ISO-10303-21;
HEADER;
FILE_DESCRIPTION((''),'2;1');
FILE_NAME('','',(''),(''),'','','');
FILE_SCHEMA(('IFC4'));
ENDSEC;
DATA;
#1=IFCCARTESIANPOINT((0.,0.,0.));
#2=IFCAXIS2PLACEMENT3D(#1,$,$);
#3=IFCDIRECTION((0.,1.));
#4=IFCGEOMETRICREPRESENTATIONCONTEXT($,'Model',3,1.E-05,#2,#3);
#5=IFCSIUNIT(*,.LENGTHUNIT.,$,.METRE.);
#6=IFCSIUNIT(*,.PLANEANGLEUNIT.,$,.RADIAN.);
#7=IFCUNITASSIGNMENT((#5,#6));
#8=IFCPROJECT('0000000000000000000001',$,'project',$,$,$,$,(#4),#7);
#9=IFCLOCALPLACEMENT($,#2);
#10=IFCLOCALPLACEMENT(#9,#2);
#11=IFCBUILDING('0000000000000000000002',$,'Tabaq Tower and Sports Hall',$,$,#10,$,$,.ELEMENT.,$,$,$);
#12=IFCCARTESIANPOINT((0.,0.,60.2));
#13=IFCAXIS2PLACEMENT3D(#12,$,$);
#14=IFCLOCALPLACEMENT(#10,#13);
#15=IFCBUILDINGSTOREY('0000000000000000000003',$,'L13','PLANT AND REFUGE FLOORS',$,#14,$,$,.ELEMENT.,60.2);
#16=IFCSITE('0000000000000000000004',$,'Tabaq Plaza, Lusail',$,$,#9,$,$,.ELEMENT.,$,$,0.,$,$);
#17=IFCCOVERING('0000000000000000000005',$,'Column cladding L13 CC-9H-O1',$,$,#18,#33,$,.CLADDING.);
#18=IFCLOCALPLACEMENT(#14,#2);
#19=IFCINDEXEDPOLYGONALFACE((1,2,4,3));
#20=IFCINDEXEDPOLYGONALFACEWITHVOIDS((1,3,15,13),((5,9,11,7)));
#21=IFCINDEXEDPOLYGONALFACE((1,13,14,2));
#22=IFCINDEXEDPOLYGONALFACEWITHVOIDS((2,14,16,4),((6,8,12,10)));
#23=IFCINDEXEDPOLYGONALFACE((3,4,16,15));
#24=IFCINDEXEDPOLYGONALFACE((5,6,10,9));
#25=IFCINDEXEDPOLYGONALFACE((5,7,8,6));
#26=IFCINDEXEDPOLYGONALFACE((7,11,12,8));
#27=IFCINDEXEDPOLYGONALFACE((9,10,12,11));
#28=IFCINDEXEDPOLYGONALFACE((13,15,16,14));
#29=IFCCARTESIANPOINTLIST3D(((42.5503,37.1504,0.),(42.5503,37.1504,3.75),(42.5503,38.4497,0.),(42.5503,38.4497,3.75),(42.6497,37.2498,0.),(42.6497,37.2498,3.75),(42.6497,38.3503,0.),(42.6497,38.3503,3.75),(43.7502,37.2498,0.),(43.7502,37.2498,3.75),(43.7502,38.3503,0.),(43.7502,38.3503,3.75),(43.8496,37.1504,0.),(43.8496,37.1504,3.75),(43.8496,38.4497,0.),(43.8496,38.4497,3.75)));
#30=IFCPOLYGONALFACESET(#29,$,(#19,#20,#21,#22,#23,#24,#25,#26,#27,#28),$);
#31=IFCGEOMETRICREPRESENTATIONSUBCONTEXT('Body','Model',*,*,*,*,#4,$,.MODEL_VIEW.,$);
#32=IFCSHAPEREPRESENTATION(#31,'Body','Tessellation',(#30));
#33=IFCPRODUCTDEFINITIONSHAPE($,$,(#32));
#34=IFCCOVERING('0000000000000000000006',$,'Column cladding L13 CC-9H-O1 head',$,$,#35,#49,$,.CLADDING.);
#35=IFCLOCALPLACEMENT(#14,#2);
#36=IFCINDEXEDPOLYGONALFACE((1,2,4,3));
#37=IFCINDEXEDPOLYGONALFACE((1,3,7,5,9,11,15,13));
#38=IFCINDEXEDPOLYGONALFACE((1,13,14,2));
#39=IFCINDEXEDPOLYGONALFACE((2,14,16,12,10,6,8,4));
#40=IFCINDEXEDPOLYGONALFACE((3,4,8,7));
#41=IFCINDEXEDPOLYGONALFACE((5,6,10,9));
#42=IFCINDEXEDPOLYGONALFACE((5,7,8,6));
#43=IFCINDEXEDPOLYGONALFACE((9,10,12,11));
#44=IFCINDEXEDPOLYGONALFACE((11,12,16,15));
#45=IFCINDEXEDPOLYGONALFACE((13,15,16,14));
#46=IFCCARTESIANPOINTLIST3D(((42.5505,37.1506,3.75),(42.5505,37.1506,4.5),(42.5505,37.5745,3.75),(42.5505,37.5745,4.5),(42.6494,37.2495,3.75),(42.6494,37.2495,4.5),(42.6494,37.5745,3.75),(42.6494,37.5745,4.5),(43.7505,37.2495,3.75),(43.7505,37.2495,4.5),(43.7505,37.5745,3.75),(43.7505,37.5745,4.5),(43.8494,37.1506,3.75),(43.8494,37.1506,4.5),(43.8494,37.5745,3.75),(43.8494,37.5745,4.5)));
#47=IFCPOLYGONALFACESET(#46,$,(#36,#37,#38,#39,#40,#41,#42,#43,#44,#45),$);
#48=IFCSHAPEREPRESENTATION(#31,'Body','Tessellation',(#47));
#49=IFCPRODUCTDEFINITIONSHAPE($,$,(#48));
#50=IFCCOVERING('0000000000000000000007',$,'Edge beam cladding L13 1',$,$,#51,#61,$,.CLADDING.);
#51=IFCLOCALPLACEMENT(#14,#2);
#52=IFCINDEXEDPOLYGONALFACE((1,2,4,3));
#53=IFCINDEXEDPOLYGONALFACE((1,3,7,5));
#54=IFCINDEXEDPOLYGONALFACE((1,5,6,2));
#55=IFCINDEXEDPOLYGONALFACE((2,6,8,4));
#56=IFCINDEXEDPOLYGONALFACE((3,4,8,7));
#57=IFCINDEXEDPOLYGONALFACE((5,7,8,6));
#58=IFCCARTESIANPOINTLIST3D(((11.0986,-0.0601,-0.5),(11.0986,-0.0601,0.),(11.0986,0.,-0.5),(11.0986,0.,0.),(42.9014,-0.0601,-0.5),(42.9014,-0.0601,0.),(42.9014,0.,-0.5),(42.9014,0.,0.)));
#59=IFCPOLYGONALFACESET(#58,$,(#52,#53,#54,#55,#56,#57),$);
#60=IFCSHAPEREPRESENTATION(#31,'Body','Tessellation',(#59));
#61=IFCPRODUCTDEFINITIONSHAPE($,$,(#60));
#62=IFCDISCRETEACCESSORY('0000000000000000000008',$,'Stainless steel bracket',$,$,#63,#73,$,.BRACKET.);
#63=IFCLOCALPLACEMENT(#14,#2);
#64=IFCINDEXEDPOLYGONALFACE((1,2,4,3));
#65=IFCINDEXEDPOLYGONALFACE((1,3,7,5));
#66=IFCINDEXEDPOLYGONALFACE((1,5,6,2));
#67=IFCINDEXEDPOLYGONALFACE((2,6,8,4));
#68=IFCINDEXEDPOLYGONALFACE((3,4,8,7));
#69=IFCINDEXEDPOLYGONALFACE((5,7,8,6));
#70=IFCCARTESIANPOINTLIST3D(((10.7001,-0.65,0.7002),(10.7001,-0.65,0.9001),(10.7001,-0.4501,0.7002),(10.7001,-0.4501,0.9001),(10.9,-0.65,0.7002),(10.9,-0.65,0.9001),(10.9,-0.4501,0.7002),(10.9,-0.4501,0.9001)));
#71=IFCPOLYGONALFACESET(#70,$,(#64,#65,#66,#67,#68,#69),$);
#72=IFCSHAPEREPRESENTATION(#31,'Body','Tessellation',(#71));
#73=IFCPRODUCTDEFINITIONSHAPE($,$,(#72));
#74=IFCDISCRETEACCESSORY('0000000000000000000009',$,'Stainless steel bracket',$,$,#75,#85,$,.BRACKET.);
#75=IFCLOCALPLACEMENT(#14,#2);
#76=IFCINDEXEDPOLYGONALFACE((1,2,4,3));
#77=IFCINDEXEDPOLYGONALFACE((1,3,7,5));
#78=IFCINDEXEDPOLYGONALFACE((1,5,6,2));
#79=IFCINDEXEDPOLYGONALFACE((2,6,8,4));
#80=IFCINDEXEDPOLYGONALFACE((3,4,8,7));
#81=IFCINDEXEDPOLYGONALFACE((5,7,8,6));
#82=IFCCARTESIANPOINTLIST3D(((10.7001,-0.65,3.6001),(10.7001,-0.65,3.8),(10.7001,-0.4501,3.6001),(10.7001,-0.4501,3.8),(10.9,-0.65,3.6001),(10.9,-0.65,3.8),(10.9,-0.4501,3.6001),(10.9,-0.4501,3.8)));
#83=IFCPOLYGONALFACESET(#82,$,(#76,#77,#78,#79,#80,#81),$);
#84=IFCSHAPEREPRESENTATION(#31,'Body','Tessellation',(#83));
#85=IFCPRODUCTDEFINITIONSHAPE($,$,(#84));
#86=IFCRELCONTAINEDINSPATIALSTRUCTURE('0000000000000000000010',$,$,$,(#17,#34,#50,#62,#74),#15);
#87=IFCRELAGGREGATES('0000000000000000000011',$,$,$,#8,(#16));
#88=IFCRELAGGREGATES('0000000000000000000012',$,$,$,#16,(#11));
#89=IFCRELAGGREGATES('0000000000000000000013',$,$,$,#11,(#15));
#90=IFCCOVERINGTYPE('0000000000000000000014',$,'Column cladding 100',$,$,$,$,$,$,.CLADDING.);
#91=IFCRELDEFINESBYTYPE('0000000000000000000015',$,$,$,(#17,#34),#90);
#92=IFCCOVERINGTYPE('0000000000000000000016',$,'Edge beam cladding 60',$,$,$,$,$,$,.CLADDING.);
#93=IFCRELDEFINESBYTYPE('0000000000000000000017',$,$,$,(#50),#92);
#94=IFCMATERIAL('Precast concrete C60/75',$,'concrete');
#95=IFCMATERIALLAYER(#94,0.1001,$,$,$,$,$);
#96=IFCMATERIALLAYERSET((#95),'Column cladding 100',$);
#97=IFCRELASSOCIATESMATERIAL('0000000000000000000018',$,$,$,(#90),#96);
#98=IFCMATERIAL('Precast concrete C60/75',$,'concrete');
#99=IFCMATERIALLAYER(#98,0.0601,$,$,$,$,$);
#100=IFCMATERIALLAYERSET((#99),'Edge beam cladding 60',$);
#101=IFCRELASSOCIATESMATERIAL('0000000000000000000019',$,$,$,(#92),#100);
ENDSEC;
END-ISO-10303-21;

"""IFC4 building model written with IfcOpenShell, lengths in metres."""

from ifc_helpers import new_model, si_unit, direction, frame, frame_2d, origin, origin_2d, place, context, subcontext, project, spatial, polyline, rectangle, outline, extrude, material, layer, layer_set, type_object, element, save


model = new_model("IFC4")

# Units and contexts
model_context = context("Model", 3, precision=1e-05, world=origin(), true_north=direction((0.0, 1.0)))
body_context = subcontext(model_context, "Body", "Model", "MODEL_VIEW")
ifc_project = project(units=[si_unit("LENGTHUNIT", "METRE"), si_unit("PLANEANGLEUNIT", "RADIAN")], contexts=[model_context])

# Site, building, storey
site_placement = place(None, origin())
site = spatial("IfcSite", under=ifc_project, at=site_placement, Name="Tabaq Plaza, Lusail", CompositionType="ELEMENT", RefElevation=0.0)
building_placement = place(site_placement, origin())
building = spatial("IfcBuilding", under=site, at=building_placement, Name="Tabaq Tower and Sports Hall", CompositionType="ELEMENT")
storey_placement = place(building_placement, frame((0.0, 0.0, 60.2)))
storey = spatial("IfcBuildingStorey", under=building, at=storey_placement, Name="L13", Description="PLANT AND REFUGE FLOORS", CompositionType="ELEMENT", Elevation=60.2)

# Coverings
ifc_material_1 = material(Name="Precast concrete C60/75", Category="concrete")
ifc_layer_1 = layer(ifc_material_1, 0.1001)
ifc_layer_set_1 = layer_set([ifc_layer_1], Name="Column cladding 100")
covering_type_1 = type_object("IfcCoveringType", Name="Column cladding 100", PredefinedType="CLADDING", material=ifc_layer_set_1)
covering_1_placement = place(storey_placement, origin())
element("IfcCovering", 1, at=covering_1_placement, inside=storey, type_object=covering_type_1, Name="Column cladding L13 CC-9H-O1", PredefinedType="CLADDING", context=body_context, shape_type="SweptSolid", body=[
    extrude(outline(polyline([(42.5503, 38.4497), (43.8496, 38.4497), (43.8496, 37.1504), (42.5503, 37.1504), (42.5503, 38.4497)]), holes=[polyline([(43.7502, 37.2498), (43.7502, 38.3503), (42.6497, 38.3503), (42.6497, 37.2498), (43.7502, 37.2498)])]), origin(), (0.0, 0.0, 1.0), 3.75),
])
covering_2_placement = place(storey_placement, frame((0.0, 0.0, 3.75)))
element("IfcCovering", 2, at=covering_2_placement, inside=storey, type_object=covering_type_1, Name="Column cladding L13 CC-9H-O1 head", PredefinedType="CLADDING", context=body_context, shape_type="SweptSolid", body=[
    extrude(outline(polyline([(42.6494, 37.5745), (42.6494, 37.2495), (43.7505, 37.2495), (43.7505, 37.5745), (43.8494, 37.5745), (43.8494, 37.1506), (42.5505, 37.1506), (42.5505, 37.5745), (42.6494, 37.5745)])), origin(), (0.0, 0.0, 1.0), 0.75),
])
ifc_material_2 = material(Name="Precast concrete C60/75", Category="concrete")
ifc_layer_2 = layer(ifc_material_2, 0.0601)
ifc_layer_set_2 = layer_set([ifc_layer_2], Name="Edge beam cladding 60")
covering_type_2 = type_object("IfcCoveringType", Name="Edge beam cladding 60", PredefinedType="CLADDING", material=ifc_layer_set_2)
covering_3_placement = place(storey_placement, frame((11.0986, -0.03, -0.5), z_axis=(0.0, 0.0, 1.0), x_axis=(1.0, 0.0, 0.0)))
element("IfcCovering", 3, at=covering_3_placement, inside=storey, type_object=covering_type_2, Name="Edge beam cladding L13 1", PredefinedType="CLADDING", context=body_context, shape_type="SweptSolid", body=[
    extrude(rectangle(XDim=31.8027, YDim=0.0601, at=frame_2d((15.9014, 0.0))), origin(), (0.0, 0.0, 1.0), 0.5),
])

# Discrete accessories
for number, where, z_axis, x_axis, name in (
    (4, (10.8, -0.55, 0.7002), (0.0, 0.0, 1.0), (0.0, 1.0, 0.0), "Stainless steel bracket"),
    (5, (10.8, -0.55, 3.6001), (0.0, 0.0, 1.0), (0.0, 1.0, 0.0), "Stainless steel bracket"),
):
    element("IfcDiscreteAccessory", number, at=place(storey_placement, frame(where, z_axis=z_axis, x_axis=x_axis)), inside=storey, Name=name, PredefinedType="BRACKET", context=body_context, shape_type="SweptSolid", body=[
        extrude(rectangle(XDim=0.2, YDim=0.2, at=origin_2d()), origin(), (0.0, 0.0, 1.0), 0.2),
    ])

save(model, "model.ifc")
